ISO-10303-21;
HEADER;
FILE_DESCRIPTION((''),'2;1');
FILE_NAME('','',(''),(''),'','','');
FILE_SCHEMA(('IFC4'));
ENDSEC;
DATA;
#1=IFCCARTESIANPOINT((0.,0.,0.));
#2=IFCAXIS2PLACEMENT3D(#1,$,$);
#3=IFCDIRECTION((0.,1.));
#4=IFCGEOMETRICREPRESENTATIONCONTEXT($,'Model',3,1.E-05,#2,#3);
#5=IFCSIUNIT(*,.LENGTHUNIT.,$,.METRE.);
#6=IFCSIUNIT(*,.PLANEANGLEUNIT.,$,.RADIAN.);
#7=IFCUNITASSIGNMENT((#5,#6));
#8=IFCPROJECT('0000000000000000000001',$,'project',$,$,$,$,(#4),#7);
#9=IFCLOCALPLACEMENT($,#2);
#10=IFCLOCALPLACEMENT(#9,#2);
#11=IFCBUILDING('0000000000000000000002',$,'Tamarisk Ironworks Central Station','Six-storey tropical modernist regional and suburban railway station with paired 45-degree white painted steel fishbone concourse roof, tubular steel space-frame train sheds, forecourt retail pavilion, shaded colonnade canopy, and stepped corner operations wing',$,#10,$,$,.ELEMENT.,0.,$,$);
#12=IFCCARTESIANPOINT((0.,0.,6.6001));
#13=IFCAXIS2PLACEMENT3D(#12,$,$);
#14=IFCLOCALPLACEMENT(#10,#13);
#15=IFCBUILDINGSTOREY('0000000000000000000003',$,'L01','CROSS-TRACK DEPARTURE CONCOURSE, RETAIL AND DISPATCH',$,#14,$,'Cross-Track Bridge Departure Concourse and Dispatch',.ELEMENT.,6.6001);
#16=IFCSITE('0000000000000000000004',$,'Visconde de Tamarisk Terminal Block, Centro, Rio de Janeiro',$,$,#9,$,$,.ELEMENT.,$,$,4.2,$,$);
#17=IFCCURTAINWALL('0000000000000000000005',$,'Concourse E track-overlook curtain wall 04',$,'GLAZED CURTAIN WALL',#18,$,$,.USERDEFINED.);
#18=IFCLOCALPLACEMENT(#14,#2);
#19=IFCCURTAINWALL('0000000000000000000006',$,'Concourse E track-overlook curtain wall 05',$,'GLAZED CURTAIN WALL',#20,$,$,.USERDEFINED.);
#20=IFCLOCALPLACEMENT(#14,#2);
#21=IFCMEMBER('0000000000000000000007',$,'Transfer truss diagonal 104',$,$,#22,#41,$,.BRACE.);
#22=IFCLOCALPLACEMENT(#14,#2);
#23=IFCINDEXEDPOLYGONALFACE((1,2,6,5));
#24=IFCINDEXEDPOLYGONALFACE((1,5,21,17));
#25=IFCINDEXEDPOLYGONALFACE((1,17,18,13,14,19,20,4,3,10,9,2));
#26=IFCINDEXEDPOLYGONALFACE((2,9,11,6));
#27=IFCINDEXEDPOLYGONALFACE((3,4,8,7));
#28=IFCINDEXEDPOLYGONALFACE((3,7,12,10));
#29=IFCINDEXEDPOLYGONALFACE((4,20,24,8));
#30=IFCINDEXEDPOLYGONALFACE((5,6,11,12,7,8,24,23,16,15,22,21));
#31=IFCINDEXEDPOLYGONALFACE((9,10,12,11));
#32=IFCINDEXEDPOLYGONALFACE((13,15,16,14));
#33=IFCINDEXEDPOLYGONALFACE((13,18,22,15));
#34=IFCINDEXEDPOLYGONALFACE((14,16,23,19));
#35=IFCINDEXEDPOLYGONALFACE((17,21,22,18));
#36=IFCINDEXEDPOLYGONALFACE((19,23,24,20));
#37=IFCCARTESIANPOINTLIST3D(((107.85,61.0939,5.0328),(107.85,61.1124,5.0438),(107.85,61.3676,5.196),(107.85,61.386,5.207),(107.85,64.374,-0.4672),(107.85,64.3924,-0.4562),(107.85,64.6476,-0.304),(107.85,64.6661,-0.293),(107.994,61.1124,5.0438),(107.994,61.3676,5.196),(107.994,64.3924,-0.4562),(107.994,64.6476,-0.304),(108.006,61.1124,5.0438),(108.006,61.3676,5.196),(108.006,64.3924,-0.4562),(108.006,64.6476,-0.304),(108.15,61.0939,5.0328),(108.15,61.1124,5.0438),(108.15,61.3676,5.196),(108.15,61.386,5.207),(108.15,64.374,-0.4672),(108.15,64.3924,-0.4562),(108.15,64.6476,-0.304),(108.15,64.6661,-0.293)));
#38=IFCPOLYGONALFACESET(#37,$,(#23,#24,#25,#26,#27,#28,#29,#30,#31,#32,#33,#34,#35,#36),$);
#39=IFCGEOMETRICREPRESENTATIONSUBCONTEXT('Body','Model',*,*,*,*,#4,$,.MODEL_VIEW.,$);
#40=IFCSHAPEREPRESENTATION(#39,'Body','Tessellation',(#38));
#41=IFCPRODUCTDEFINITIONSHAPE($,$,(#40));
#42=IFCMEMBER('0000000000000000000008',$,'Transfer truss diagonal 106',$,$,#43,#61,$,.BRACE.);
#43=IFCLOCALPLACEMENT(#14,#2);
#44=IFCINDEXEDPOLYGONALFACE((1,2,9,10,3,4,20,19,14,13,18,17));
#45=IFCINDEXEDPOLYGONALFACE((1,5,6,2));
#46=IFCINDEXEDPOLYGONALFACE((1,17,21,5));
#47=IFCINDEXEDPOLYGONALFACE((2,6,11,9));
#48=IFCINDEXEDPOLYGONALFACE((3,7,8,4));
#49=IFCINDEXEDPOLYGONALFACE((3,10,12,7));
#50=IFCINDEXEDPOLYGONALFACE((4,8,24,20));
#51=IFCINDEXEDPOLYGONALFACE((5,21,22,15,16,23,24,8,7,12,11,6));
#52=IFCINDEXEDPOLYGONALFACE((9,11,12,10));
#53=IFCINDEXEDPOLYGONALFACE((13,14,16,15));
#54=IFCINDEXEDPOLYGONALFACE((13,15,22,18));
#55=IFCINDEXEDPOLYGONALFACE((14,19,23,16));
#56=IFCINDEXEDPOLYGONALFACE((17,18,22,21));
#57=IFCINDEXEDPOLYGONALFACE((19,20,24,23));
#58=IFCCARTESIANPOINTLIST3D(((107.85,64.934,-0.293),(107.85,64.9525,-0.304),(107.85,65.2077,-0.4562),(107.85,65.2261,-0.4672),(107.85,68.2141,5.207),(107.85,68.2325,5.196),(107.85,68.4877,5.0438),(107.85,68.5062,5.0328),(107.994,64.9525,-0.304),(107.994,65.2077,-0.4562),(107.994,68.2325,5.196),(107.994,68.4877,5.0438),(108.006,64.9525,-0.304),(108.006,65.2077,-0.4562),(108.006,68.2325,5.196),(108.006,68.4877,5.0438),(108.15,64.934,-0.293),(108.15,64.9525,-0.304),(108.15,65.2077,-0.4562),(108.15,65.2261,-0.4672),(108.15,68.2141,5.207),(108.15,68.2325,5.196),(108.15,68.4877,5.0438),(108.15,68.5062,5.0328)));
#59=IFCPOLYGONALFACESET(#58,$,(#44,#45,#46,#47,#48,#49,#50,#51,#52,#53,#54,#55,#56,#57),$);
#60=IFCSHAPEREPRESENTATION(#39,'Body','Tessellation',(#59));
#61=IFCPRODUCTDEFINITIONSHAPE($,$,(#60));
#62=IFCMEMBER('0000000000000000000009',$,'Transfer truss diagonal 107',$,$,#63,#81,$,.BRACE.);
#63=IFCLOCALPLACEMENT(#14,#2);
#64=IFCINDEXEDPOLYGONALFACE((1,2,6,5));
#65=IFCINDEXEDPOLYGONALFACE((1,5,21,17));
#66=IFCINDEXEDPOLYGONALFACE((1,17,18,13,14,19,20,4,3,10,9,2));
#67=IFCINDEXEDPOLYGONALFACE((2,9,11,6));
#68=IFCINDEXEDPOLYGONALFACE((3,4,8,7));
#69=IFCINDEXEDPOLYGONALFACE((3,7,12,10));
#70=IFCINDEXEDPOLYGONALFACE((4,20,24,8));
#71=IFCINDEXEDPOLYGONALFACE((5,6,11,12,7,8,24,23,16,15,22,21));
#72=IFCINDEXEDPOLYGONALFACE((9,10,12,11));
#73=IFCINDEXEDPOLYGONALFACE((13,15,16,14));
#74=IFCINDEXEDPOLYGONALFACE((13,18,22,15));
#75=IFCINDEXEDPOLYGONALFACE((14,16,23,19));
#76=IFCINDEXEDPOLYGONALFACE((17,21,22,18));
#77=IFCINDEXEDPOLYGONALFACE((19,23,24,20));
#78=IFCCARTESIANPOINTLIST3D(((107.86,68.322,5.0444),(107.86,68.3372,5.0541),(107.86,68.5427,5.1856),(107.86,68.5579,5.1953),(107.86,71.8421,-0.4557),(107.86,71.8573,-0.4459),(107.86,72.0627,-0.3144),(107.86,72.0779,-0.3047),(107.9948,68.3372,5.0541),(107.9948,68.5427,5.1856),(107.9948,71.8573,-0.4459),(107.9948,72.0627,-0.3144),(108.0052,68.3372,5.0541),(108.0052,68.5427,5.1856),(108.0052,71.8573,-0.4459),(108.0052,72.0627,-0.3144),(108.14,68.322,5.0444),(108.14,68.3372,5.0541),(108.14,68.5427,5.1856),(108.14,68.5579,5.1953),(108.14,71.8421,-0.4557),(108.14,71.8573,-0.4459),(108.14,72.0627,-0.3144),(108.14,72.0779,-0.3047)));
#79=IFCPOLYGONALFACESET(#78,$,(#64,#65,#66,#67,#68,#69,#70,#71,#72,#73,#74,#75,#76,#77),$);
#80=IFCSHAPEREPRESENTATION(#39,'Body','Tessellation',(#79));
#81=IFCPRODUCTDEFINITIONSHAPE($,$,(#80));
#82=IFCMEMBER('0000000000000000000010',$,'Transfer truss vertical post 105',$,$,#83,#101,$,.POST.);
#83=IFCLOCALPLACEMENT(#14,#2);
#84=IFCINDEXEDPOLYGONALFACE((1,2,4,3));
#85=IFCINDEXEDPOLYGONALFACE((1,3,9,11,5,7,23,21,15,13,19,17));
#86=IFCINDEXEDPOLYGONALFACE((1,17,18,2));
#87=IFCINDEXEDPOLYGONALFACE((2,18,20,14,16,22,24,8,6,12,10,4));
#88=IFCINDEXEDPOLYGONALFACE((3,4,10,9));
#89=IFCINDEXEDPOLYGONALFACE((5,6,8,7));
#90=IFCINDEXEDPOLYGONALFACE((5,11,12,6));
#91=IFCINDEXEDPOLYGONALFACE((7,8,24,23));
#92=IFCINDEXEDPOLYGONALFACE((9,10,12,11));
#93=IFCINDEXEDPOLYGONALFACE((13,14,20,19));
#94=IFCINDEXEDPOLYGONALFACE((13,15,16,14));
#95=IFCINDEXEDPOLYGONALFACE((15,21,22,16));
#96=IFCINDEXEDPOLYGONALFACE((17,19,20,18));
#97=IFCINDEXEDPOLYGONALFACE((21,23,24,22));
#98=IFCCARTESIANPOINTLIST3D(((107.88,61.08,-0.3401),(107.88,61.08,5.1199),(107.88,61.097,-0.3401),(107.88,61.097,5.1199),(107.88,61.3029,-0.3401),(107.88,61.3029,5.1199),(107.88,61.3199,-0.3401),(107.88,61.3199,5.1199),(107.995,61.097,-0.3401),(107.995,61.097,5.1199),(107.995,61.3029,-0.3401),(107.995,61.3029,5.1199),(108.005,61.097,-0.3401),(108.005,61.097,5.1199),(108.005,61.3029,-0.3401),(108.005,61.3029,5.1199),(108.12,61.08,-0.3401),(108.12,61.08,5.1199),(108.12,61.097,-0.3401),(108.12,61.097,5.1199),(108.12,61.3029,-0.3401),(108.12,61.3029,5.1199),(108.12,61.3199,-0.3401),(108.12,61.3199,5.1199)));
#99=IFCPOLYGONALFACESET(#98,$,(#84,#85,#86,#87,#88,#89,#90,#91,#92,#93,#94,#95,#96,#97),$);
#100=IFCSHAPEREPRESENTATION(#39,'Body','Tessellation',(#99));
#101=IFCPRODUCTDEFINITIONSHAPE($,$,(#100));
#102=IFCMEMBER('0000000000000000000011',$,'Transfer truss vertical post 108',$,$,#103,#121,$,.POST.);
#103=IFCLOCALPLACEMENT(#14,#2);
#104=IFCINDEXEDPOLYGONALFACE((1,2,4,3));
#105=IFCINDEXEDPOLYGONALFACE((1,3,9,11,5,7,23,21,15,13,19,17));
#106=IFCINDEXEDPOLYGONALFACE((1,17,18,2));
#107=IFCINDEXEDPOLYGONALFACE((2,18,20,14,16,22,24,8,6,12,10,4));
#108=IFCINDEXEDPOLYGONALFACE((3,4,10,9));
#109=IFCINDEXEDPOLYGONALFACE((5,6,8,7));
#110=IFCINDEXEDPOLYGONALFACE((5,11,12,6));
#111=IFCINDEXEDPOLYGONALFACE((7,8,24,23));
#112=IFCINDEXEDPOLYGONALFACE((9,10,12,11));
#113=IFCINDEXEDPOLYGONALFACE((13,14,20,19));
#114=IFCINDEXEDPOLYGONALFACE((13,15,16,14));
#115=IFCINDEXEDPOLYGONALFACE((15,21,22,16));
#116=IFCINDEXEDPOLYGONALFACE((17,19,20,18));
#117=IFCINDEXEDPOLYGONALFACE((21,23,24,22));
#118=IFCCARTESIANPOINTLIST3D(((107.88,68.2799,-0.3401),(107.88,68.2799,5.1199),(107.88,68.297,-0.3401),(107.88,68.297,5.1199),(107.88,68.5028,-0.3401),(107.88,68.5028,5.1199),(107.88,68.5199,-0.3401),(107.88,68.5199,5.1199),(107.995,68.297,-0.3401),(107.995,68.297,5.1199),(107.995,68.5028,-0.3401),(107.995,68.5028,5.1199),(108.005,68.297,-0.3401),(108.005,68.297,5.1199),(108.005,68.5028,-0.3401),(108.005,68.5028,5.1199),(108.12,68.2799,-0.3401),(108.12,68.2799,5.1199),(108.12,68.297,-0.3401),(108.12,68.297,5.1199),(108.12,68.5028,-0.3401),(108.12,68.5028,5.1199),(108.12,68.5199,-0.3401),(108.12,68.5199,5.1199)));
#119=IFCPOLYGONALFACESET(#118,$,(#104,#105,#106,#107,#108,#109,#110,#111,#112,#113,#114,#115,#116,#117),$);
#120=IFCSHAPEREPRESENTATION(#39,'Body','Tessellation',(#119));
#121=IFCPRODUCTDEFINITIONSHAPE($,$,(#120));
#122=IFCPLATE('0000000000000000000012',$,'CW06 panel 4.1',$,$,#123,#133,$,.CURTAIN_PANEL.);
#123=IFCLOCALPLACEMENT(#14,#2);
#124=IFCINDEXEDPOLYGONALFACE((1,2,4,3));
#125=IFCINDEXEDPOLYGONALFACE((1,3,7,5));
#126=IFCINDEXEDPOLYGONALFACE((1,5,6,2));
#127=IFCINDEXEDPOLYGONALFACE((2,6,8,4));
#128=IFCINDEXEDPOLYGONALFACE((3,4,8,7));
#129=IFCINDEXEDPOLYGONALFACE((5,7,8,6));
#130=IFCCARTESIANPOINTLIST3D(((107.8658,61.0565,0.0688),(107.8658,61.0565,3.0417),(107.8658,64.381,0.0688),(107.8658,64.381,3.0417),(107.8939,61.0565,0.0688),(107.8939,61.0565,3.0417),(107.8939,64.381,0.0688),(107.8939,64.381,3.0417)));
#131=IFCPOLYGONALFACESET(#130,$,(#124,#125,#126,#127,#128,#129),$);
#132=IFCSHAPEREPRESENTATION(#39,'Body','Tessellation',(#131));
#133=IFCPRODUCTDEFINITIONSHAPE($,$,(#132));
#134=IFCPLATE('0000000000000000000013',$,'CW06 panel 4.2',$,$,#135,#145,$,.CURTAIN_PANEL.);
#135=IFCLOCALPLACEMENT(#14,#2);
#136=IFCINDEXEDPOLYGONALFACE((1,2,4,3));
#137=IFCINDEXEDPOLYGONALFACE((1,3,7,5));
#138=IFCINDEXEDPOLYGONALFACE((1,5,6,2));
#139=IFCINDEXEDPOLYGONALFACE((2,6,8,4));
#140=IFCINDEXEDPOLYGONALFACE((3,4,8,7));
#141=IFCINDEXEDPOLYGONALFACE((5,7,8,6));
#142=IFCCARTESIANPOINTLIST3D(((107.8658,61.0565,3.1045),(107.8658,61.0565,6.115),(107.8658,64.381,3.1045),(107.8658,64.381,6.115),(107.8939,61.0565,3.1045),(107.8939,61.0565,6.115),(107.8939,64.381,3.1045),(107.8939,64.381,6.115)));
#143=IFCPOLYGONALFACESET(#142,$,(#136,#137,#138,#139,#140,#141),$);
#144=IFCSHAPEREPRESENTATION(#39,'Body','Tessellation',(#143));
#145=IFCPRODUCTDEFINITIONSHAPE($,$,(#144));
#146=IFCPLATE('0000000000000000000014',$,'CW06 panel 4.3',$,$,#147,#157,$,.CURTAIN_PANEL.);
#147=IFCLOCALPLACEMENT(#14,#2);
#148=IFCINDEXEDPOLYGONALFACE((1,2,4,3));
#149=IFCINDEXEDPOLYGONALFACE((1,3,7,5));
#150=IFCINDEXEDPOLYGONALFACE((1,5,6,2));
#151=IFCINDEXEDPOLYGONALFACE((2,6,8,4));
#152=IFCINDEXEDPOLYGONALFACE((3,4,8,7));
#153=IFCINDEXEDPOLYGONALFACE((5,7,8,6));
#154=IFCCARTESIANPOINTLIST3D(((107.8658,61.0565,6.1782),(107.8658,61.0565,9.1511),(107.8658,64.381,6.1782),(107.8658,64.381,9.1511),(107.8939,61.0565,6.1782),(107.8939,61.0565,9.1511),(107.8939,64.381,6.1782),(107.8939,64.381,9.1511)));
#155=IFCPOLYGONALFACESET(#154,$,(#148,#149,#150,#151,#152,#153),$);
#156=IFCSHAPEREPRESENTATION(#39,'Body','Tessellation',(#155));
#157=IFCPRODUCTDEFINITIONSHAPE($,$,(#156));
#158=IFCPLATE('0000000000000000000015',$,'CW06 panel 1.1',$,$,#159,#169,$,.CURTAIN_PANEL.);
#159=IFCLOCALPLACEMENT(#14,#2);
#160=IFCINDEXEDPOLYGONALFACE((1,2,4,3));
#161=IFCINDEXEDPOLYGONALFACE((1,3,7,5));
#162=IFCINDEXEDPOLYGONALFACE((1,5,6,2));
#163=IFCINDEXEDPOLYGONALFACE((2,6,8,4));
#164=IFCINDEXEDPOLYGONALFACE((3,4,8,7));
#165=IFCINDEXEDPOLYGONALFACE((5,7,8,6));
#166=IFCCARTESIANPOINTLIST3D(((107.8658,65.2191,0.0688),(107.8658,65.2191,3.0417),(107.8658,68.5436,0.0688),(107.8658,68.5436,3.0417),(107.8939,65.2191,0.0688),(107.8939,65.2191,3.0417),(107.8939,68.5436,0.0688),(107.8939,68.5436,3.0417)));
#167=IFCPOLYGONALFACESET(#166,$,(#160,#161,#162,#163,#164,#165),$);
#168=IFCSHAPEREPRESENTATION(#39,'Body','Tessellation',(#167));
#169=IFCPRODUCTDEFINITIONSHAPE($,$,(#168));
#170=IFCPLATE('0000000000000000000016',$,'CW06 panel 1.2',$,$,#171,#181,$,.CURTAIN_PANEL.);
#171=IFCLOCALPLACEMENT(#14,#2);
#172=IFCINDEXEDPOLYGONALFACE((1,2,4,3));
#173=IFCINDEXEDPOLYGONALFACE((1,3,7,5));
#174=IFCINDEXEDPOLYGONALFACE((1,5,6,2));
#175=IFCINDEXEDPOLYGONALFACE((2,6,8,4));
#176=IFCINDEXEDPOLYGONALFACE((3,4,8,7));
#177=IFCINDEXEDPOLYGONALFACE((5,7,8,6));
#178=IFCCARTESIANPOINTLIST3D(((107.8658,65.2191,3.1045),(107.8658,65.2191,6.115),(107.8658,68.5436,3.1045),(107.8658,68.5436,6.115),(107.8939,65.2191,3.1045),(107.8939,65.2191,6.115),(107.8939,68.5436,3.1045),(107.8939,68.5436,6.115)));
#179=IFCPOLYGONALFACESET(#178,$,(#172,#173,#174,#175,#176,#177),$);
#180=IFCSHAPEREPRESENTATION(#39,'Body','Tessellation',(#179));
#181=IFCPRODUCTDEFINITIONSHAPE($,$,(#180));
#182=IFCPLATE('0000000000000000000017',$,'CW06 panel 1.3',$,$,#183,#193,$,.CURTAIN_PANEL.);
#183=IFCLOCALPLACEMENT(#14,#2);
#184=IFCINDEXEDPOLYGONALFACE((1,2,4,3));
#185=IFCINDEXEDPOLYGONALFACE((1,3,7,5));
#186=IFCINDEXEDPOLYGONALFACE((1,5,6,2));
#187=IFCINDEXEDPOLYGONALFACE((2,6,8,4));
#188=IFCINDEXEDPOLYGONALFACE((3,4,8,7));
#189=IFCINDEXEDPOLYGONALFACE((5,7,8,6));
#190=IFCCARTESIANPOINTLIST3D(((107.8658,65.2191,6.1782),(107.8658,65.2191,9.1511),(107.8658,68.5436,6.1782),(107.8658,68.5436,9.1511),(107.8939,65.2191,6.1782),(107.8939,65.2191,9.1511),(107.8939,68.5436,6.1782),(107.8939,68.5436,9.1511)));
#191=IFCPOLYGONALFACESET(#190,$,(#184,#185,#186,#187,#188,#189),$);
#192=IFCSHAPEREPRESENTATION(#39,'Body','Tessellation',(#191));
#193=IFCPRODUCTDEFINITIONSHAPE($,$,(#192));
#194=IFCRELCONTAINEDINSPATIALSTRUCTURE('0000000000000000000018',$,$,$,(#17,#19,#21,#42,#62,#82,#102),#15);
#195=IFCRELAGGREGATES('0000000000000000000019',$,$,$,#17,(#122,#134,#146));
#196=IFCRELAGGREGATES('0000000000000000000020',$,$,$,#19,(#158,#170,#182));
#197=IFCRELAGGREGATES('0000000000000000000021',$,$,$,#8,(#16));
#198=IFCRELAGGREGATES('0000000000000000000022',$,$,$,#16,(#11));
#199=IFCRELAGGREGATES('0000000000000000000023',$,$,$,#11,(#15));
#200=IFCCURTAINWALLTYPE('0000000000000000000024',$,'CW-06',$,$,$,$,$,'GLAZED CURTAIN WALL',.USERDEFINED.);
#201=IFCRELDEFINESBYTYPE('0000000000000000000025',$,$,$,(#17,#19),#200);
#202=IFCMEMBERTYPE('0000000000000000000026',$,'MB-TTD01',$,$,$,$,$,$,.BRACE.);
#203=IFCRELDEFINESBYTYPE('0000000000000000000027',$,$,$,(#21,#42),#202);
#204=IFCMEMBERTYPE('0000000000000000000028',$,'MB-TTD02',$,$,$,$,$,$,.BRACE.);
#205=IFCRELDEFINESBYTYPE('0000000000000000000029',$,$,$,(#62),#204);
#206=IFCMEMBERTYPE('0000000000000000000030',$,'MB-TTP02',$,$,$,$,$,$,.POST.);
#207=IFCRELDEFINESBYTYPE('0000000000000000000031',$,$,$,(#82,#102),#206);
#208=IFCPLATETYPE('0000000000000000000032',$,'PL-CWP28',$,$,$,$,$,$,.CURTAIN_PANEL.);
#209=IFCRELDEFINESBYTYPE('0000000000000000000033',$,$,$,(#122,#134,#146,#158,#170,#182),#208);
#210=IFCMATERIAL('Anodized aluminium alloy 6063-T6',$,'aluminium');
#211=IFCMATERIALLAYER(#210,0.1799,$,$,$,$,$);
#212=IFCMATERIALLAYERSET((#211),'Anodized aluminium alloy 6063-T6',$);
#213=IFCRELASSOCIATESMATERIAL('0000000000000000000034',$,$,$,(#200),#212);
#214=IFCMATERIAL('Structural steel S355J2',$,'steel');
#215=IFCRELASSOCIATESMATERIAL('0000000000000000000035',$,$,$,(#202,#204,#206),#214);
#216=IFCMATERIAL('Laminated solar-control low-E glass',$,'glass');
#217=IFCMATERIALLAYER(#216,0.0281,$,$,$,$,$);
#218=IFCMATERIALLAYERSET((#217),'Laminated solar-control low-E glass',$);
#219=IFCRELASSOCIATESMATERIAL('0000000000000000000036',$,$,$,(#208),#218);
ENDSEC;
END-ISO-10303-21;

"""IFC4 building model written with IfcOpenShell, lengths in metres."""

from ifc_helpers import new_model, si_unit, direction, frame, origin, origin_2d, place, context, subcontext, project, spatial, rectangle, i_section, extrude, material, layer, layer_set, material_profile, profile_set, type_object, element, aggregate, save


model = new_model("IFC4")

# Units and contexts
model_context = context("Model", 3, precision=1e-05, world=origin(), true_north=direction((0.0, 1.0)))
body_context = subcontext(model_context, "Body", "Model", "MODEL_VIEW")
ifc_project = project(units=[si_unit("LENGTHUNIT", "METRE"), si_unit("PLANEANGLEUNIT", "RADIAN")], contexts=[model_context])

# Site, building, storey
site_placement = place(None, origin())
site = spatial("IfcSite", under=ifc_project, at=site_placement, Name="Visconde de Tamarisk Terminal Block, Centro, Rio de Janeiro", CompositionType="ELEMENT", RefElevation=4.2)
building_placement = place(site_placement, origin())
building = spatial("IfcBuilding", under=site, at=building_placement, Name="Tamarisk Ironworks Central Station", Description="Six-storey tropical modernist regional and suburban railway station with paired 45-degree white painted steel fishbone concourse roof, tubular steel space-frame train sheds, forecourt retail pavilion, shaded colonnade canopy, and stepped corner operations wing", CompositionType="ELEMENT", ElevationOfRefHeight=0.0)
storey_placement = place(building_placement, frame((0.0, 0.0, 6.6001)))
storey = spatial("IfcBuildingStorey", under=building, at=storey_placement, Name="L01", Description="CROSS-TRACK DEPARTURE CONCOURSE, RETAIL AND DISPATCH", LongName="Cross-Track Bridge Departure Concourse and Dispatch", CompositionType="ELEMENT", Elevation=6.6001)

# Shared definitions
ifc_material_1 = material(Name="Structural steel S355J2", Category="steel")

# Curtain wall
ifc_material_2 = material(Name="Anodized aluminium alloy 6063-T6", Category="aluminium")
ifc_layer_1 = layer(ifc_material_2, 0.1799)
ifc_layer_set_1 = layer_set([ifc_layer_1], Name="Anodized aluminium alloy 6063-T6")
curtain_wall_type = type_object("IfcCurtainWallType", Name="CW-06", ElementType="GLAZED CURTAIN WALL", PredefinedType="USERDEFINED", material=ifc_layer_set_1)
curtain_wall_1_placement = place(storey_placement, origin())
curtain_wall_1 = element("IfcCurtainWall", 1, at=curtain_wall_1_placement, inside=storey, type_object=curtain_wall_type, Name="Concourse E track-overlook curtain wall 04", ObjectType="GLAZED CURTAIN WALL", PredefinedType="USERDEFINED")

# Curtain wall
curtain_wall_2_placement = place(storey_placement, origin())
curtain_wall_2 = element("IfcCurtainWall", 2, at=curtain_wall_2_placement, inside=storey, type_object=curtain_wall_type, Name="Concourse E track-overlook curtain wall 05", ObjectType="GLAZED CURTAIN WALL", PredefinedType="USERDEFINED")

# Members
ifc_material_profile_1 = material_profile(ifc_material_1, i_section(OverallWidth=0.3, OverallDepth=0.3401, WebThickness=0.012, FlangeThickness=0.0215, at=origin_2d()), Name="HEB 340")
ifc_profile_set_1 = profile_set([ifc_material_profile_1], Name="Structural steel S355J2")
member_type_1 = type_object("IfcMemberType", Name="MB-TTD01", PredefinedType="BRACE", material=ifc_profile_set_1)
for number, where, z_axis, x_axis, name in (
    (3, (108.0, 61.24, 5.1199), (0.0, 0.512201, -0.858866), (-1.0, 0.0, 0.0), "Transfer truss diagonal 104"),
    (4, (108.0, 65.0801, -0.3801), (0.0, 0.512201, 0.858866), (-1.0, 0.0, 0.0), "Transfer truss diagonal 106"),
):
    element("IfcMember", number, at=place(storey_placement, frame(where, z_axis=z_axis, x_axis=x_axis)), inside=storey, type_object=member_type_1, Name=name, PredefinedType="BRACE", context=body_context, shape_type="SweptSolid", body=[
        extrude(i_section(OverallWidth=0.3, OverallDepth=0.3401, WebThickness=0.012, FlangeThickness=0.0215, at=origin_2d()), origin(), (0.0, 0.0, 1.0), 6.4038),
    ])
ifc_material_profile_2 = material_profile(ifc_material_1, i_section(OverallWidth=0.28, OverallDepth=0.28, WebThickness=0.0105, FlangeThickness=0.0181, at=origin_2d()), Name="HEB 280")
ifc_profile_set_2 = profile_set([ifc_material_profile_2], Name="Structural steel S355J2")
member_type_2 = type_object("IfcMemberType", Name="MB-TTD02", PredefinedType="BRACE", material=ifc_profile_set_2)
member_1_placement = place(storey_placement, frame((108.0, 68.4399, 5.1199), z_axis=(0.0, 0.539056, -0.84227), x_axis=(-1.0, 0.0, 0.0)))
element("IfcMember", 5, at=member_1_placement, inside=storey, type_object=member_type_2, Name="Transfer truss diagonal 107", PredefinedType="BRACE", context=body_context, shape_type="SweptSolid", body=[
    extrude(i_section(OverallWidth=0.28, OverallDepth=0.28, WebThickness=0.0105, FlangeThickness=0.0181, at=origin_2d()), origin(), (0.0, 0.0, 1.0), 6.53),
])
ifc_material_profile_3 = material_profile(ifc_material_1, i_section(OverallWidth=0.24, OverallDepth=0.24, WebThickness=0.01, FlangeThickness=0.0171, at=origin_2d()), Name="HEB 240")
ifc_profile_set_3 = profile_set([ifc_material_profile_3], Name="Structural steel S355J2")
member_type_3 = type_object("IfcMemberType", Name="MB-TTP02", PredefinedType="POST", material=ifc_profile_set_3)
for number, where, z_axis, x_axis, name in (
    (6, (108.0, 61.2, -0.3401), (0.0, 0.0, 1.0), (1.0, 0.0, 0.0), "Transfer truss vertical post 105"),
    (7, (108.0, 68.3999, -0.3401), (0.0, 0.0, 1.0), (1.0, 0.0, 0.0), "Transfer truss vertical post 108"),
):
    element("IfcMember", number, at=place(storey_placement, frame(where, z_axis=z_axis, x_axis=x_axis)), inside=storey, type_object=member_type_3, Name=name, PredefinedType="POST", context=body_context, shape_type="SweptSolid", body=[
        extrude(i_section(OverallWidth=0.24, OverallDepth=0.24, WebThickness=0.01, FlangeThickness=0.0171, at=origin_2d()), origin(), (0.0, 0.0, 1.0), 5.46),
    ])

# Plates
ifc_material_3 = material(Name="Laminated solar-control low-E glass", Category="glass")
ifc_layer_2 = layer(ifc_material_3, 0.0281)
ifc_layer_set_2 = layer_set([ifc_layer_2], Name="Laminated solar-control low-E glass")
plate_type_1 = type_object("IfcPlateType", Name="PL-CWP28", PredefinedType="CURTAIN_PANEL", material=ifc_layer_set_2)
plate_1_placement = place(storey_placement, frame((107.8799, 62.7188, 0.0688), z_axis=(0.0, 0.0, 1.0), x_axis=(0.0, 1.0, 0.0)))
plate_1 = element("IfcPlate", 8, at=plate_1_placement, type_object=plate_type_1, Name="CW06 panel 4.1", PredefinedType="CURTAIN_PANEL", context=body_context, shape_type="SweptSolid", body=[
    extrude(rectangle(XDim=3.3245, YDim=0.0281, at=origin_2d()), origin(), (0.0, 0.0, 1.0), 2.9729),
])
plate_2_placement = place(storey_placement, frame((107.8799, 62.7188, 3.1045), z_axis=(0.0, 0.0, 1.0), x_axis=(0.0, 1.0, 0.0)))
plate_2 = element("IfcPlate", 9, at=plate_2_placement, type_object=plate_type_1, Name="CW06 panel 4.2", PredefinedType="CURTAIN_PANEL", context=body_context, shape_type="SweptSolid", body=[
    extrude(rectangle(XDim=3.3245, YDim=0.0281, at=origin_2d()), origin(), (0.0, 0.0, 1.0), 3.0105),
])
plate_3_placement = place(storey_placement, frame((107.8799, 62.7188, 6.1782), z_axis=(0.0, 0.0, 1.0), x_axis=(0.0, 1.0, 0.0)))
plate_3 = element("IfcPlate", 10, at=plate_3_placement, type_object=plate_type_1, Name="CW06 panel 4.3", PredefinedType="CURTAIN_PANEL", context=body_context, shape_type="SweptSolid", body=[
    extrude(rectangle(XDim=3.3245, YDim=0.0281, at=origin_2d()), origin(), (0.0, 0.0, 1.0), 2.9729),
])
aggregate(curtain_wall_1, [plate_1, plate_2, plate_3])
plate_4_placement = place(storey_placement, frame((107.8799, 66.8813, 0.0688), z_axis=(0.0, 0.0, 1.0), x_axis=(0.0, 1.0, 0.0)))
plate_4 = element("IfcPlate", 11, at=plate_4_placement, type_object=plate_type_1, Name="CW06 panel 1.1", PredefinedType="CURTAIN_PANEL", context=body_context, shape_type="SweptSolid", body=[
    extrude(rectangle(XDim=3.3245, YDim=0.0281, at=origin_2d()), origin(), (0.0, 0.0, 1.0), 2.9729),
])
plate_5_placement = place(storey_placement, frame((107.8799, 66.8813, 3.1045), z_axis=(0.0, 0.0, 1.0), x_axis=(0.0, 1.0, 0.0)))
plate_5 = element("IfcPlate", 12, at=plate_5_placement, type_object=plate_type_1, Name="CW06 panel 1.2", PredefinedType="CURTAIN_PANEL", context=body_context, shape_type="SweptSolid", body=[
    extrude(rectangle(XDim=3.3245, YDim=0.0281, at=origin_2d()), origin(), (0.0, 0.0, 1.0), 3.0105),
])
plate_6_placement = place(storey_placement, frame((107.8799, 66.8813, 6.1782), z_axis=(0.0, 0.0, 1.0), x_axis=(0.0, 1.0, 0.0)))
plate_6 = element("IfcPlate", 13, at=plate_6_placement, type_object=plate_type_1, Name="CW06 panel 1.3", PredefinedType="CURTAIN_PANEL", context=body_context, shape_type="SweptSolid", body=[
    extrude(rectangle(XDim=3.3245, YDim=0.0281, at=origin_2d()), origin(), (0.0, 0.0, 1.0), 2.9729),
])
aggregate(curtain_wall_2, [plate_4, plate_5, plate_6])

save(model, "model.ifc")
